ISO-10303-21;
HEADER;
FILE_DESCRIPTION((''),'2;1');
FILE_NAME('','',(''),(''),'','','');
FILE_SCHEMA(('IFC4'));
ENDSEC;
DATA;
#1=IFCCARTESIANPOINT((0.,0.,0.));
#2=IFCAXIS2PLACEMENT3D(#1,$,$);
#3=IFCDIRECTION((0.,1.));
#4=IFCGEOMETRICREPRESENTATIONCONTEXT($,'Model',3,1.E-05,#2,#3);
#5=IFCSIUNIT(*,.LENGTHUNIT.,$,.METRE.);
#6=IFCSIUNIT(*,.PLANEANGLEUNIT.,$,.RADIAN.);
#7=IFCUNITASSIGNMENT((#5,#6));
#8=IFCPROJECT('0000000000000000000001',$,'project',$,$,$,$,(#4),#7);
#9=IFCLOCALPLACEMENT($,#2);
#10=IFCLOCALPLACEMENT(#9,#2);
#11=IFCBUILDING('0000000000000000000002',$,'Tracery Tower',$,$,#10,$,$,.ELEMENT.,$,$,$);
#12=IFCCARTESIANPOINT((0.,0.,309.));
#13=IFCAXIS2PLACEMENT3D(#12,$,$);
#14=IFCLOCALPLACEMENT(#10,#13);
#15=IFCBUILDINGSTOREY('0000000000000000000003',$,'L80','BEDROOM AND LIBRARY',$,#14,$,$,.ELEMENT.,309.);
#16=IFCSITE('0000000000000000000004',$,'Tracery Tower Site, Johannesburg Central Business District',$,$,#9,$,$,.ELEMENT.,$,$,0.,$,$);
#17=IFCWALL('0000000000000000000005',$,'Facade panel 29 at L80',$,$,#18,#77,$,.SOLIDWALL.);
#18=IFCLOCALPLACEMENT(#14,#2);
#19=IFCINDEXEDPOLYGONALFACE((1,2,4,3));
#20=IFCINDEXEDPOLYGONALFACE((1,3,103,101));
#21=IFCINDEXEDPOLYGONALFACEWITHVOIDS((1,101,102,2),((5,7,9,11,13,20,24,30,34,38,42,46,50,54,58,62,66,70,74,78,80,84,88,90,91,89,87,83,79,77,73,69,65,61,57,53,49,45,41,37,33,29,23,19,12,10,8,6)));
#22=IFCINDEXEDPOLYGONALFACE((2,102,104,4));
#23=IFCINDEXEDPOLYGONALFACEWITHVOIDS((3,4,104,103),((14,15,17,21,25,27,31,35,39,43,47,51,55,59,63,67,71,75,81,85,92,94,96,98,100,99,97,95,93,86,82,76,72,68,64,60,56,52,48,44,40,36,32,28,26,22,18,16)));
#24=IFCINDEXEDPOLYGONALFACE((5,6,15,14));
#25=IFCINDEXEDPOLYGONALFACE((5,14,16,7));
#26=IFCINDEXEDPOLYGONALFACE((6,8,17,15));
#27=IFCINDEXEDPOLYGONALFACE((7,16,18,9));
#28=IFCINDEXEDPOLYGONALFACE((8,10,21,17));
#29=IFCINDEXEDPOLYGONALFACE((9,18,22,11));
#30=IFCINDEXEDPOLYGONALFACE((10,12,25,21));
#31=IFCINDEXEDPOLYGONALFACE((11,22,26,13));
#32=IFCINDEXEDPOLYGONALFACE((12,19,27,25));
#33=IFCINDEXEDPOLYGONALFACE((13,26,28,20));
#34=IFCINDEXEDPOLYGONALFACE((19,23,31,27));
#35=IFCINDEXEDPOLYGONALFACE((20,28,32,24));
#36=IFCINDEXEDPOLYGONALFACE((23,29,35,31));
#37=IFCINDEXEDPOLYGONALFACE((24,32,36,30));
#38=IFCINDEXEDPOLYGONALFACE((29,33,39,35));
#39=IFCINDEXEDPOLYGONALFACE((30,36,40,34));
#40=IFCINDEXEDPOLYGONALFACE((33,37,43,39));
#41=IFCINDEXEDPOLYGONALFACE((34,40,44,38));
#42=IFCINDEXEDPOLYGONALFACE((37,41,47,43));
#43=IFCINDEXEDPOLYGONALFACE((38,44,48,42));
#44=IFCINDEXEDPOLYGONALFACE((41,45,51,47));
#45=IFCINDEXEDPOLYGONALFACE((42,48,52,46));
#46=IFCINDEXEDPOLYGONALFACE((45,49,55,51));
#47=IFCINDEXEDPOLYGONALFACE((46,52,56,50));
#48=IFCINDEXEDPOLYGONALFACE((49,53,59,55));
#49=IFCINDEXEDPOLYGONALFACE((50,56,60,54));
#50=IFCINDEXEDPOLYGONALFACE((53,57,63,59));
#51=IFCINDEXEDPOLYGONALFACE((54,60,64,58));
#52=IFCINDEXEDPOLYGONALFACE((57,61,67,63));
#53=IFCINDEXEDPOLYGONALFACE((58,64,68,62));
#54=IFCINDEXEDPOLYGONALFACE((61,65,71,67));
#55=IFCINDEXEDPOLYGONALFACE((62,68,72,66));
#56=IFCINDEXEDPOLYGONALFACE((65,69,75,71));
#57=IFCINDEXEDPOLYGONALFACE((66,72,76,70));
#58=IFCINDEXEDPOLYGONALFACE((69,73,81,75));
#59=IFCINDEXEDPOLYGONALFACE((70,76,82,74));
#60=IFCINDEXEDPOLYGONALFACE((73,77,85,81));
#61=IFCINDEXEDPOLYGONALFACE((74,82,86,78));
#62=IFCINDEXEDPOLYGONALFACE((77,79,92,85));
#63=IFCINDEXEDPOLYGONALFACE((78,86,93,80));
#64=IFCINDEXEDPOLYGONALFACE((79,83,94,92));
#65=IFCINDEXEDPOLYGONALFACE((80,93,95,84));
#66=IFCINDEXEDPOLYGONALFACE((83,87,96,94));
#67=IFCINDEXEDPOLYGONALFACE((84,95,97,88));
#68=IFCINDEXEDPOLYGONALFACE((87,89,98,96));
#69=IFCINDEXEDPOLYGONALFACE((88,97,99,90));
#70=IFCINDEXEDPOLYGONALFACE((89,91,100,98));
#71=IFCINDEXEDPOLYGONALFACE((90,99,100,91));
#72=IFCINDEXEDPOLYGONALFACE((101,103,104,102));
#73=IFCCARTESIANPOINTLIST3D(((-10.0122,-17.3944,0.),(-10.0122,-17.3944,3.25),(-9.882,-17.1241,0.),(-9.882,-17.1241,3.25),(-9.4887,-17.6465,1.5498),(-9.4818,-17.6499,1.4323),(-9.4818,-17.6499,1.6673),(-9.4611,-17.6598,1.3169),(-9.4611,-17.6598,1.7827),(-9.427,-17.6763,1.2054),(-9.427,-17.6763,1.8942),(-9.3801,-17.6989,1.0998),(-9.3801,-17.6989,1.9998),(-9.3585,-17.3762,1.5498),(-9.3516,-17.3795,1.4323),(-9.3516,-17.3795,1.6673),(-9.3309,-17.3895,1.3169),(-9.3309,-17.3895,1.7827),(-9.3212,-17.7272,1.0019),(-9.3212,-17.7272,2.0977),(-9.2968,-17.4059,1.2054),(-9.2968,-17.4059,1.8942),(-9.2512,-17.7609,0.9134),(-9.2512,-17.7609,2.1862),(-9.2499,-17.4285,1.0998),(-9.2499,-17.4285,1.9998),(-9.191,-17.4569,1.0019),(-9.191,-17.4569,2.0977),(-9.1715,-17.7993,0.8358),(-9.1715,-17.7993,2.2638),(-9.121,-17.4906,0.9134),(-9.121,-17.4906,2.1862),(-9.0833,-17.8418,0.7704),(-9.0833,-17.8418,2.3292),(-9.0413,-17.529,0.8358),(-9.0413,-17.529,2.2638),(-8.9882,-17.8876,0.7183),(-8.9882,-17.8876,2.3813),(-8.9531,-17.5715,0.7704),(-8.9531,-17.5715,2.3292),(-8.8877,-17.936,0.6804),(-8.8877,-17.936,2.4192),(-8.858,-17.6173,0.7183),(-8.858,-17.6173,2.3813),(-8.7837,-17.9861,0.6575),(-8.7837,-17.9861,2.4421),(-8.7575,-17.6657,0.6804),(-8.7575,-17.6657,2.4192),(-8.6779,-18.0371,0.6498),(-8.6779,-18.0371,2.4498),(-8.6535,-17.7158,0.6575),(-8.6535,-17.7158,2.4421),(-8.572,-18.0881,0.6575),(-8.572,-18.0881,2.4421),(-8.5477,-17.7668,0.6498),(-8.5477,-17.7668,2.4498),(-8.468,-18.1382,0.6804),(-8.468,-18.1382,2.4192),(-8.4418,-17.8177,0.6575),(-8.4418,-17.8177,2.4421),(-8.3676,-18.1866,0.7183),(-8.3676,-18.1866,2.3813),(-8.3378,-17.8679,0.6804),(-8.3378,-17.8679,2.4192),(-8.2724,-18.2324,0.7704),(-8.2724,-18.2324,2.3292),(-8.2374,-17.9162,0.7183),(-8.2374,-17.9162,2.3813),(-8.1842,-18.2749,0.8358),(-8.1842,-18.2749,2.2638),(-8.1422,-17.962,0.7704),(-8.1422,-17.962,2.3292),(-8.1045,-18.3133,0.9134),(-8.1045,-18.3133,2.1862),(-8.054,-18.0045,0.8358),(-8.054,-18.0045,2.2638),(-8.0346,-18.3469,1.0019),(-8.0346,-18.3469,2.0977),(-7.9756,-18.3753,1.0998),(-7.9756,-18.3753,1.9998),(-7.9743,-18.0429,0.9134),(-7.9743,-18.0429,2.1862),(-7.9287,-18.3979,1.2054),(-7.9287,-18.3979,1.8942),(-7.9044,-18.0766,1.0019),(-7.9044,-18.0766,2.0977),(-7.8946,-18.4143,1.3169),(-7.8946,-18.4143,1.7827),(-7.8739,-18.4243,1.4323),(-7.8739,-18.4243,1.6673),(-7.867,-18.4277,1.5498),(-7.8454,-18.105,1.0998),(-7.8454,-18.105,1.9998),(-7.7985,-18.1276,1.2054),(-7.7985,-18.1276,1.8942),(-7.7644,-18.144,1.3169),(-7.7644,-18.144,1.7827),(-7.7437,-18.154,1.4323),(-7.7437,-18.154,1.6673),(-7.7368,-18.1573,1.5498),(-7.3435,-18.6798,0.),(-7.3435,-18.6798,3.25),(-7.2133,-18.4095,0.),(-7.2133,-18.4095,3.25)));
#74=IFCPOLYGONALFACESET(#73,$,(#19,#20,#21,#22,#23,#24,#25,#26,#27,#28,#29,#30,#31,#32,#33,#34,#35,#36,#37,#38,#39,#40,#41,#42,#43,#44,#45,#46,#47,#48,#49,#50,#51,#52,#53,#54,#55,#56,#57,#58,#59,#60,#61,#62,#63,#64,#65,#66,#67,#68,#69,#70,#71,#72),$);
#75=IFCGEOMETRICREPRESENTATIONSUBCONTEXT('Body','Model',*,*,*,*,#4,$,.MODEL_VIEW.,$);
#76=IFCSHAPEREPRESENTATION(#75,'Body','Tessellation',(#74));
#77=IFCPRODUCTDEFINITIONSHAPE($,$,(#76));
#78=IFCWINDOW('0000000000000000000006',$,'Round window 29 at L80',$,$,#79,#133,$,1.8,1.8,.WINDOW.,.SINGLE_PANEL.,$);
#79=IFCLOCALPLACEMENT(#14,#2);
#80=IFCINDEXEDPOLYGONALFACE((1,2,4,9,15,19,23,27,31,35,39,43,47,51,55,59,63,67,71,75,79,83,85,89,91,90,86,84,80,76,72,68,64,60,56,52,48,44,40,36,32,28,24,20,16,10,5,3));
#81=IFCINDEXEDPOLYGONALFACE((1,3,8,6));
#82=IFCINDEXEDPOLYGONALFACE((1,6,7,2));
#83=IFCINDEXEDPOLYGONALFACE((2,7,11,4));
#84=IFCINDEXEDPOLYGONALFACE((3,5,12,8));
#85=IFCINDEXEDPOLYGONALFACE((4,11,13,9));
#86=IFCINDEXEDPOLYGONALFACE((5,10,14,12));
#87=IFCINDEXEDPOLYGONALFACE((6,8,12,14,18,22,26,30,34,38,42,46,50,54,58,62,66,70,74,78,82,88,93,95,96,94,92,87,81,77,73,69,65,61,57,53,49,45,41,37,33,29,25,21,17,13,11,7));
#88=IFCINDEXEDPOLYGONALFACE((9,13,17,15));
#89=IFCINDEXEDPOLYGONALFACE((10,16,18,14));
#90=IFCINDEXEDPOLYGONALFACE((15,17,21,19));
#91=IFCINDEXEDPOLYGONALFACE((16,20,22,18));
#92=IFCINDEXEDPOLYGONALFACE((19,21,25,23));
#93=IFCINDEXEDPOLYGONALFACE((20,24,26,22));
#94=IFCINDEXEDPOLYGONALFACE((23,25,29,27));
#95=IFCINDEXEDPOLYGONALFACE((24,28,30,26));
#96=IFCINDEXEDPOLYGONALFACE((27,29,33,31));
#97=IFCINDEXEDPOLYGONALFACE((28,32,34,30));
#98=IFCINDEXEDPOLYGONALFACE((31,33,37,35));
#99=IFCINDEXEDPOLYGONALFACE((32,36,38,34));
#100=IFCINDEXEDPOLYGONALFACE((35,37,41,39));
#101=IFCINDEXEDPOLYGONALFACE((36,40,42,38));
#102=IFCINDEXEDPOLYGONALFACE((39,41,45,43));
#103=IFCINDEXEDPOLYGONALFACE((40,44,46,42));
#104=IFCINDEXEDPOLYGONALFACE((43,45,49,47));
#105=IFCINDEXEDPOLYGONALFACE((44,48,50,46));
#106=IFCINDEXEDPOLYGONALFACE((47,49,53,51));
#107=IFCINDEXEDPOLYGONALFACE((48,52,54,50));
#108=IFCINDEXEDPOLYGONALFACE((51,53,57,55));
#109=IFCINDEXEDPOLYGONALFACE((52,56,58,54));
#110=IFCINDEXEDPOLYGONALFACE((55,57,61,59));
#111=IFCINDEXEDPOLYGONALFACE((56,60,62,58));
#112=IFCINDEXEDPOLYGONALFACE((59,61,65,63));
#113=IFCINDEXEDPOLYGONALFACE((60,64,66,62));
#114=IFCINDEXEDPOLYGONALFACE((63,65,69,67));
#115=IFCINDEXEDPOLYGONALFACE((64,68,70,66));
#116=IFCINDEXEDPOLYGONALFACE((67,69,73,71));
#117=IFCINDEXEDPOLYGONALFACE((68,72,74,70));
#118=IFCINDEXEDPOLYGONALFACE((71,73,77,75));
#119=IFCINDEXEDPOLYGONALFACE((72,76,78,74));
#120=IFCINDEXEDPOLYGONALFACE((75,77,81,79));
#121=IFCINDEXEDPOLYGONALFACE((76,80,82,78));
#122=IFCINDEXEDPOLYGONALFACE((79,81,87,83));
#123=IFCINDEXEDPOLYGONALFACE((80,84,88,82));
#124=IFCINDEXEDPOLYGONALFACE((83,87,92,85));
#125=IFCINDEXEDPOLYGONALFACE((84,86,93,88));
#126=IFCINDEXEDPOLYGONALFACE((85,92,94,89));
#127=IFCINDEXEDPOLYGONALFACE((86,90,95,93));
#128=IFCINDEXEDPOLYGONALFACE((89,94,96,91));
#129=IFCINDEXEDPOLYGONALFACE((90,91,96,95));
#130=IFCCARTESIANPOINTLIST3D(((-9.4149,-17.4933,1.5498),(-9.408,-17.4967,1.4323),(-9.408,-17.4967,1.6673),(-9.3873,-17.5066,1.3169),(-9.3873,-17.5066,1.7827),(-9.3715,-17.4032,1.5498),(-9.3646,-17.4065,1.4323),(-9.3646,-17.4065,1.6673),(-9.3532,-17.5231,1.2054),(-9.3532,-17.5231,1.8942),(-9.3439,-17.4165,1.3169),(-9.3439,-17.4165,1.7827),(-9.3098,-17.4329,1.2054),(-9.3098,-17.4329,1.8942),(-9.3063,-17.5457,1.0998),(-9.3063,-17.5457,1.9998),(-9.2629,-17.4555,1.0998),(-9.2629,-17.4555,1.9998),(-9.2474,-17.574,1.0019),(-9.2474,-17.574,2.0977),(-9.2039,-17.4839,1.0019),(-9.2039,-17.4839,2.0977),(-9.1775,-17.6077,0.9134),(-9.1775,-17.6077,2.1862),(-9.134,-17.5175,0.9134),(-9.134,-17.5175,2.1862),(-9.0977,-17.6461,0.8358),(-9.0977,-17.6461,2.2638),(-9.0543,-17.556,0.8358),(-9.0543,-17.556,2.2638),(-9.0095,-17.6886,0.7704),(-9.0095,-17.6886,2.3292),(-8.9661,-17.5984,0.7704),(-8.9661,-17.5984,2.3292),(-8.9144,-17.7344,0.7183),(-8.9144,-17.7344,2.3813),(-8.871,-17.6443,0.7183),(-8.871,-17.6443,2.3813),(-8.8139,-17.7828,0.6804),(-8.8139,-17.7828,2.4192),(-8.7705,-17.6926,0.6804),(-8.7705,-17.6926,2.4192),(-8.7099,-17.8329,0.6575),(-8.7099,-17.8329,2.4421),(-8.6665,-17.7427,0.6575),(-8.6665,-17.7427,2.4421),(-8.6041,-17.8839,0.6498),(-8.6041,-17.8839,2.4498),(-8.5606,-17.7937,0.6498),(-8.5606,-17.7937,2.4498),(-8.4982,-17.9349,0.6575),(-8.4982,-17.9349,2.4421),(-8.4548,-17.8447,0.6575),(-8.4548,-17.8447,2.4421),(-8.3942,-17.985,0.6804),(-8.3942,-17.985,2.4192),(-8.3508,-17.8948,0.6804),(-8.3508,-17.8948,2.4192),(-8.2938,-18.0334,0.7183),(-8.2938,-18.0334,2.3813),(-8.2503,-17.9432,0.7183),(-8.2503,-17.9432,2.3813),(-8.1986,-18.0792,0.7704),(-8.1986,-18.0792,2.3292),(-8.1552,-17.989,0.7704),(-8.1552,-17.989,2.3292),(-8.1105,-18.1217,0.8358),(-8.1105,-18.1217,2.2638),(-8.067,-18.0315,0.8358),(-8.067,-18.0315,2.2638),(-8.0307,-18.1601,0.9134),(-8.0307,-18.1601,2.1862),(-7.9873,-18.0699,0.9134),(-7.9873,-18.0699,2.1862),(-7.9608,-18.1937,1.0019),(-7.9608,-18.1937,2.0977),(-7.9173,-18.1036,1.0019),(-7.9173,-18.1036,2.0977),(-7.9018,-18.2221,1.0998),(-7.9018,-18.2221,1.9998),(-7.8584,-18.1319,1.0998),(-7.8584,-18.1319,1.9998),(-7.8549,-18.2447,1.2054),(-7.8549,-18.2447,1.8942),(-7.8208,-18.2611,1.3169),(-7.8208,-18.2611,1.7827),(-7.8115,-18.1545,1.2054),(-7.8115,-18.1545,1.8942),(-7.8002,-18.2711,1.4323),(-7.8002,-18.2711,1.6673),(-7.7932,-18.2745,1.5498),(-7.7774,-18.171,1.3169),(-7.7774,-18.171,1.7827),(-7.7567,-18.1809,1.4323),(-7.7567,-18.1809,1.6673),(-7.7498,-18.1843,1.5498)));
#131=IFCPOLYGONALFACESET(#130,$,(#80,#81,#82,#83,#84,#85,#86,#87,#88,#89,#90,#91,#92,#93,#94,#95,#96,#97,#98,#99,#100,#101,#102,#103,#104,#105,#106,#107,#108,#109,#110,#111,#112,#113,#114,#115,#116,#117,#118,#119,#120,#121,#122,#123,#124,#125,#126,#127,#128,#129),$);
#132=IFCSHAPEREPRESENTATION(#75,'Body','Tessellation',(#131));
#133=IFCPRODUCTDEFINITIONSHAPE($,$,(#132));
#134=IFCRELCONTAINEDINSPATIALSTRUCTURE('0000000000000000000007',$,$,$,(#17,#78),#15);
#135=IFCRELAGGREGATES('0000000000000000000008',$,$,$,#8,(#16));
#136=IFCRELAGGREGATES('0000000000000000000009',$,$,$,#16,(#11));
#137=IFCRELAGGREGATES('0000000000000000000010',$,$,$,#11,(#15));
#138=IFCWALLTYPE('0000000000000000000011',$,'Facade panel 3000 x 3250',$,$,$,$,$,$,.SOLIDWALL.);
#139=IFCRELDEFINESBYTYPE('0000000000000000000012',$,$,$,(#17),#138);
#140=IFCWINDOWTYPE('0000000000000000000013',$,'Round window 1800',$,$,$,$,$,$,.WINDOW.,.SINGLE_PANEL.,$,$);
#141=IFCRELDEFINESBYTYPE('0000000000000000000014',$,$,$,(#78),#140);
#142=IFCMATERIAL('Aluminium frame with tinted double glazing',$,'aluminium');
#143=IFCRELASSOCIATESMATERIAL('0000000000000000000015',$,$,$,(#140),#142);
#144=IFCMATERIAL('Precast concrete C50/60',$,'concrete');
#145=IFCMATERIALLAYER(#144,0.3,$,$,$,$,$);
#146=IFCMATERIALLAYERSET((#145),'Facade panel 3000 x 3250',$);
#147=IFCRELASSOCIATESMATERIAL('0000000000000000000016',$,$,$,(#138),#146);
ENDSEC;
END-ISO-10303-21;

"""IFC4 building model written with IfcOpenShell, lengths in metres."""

from ifc_helpers import new_model, si_unit, direction, frame, frame_2d, origin, origin_2d, place, context, subcontext, project, spatial, rectangle, circle, extrude, material, layer, layer_set, type_object, element, fill, save


model = new_model("IFC4")

# Units and contexts
model_context = context("Model", 3, precision=1e-05, world=origin(), true_north=direction((0.0, 1.0)))
body_context = subcontext(model_context, "Body", "Model", "MODEL_VIEW")
ifc_project = project(units=[si_unit("LENGTHUNIT", "METRE"), si_unit("PLANEANGLEUNIT", "RADIAN")], contexts=[model_context])

# Site, building, storey
site_placement = place(None, origin())
site = spatial("IfcSite", under=ifc_project, at=site_placement, Name="Tracery Tower Site, Johannesburg Central Business District", CompositionType="ELEMENT", RefElevation=0.0)
building_placement = place(site_placement, origin())
building = spatial("IfcBuilding", under=site, at=building_placement, Name="Tracery Tower", CompositionType="ELEMENT")
storey_placement = place(building_placement, frame((0.0, 0.0, 309.0)))
storey = spatial("IfcBuildingStorey", under=building, at=storey_placement, Name="L80", Description="BEDROOM AND LIBRARY", CompositionType="ELEMENT", Elevation=309.0)

# Wall, opening, window
ifc_material_1 = material(Name="Aluminium frame with tinted double glazing", Category="aluminium")
window_type = type_object("IfcWindowType", Name="Round window 1800", PartitioningType="SINGLE_PANEL", PredefinedType="WINDOW", material=ifc_material_1)
ifc_material_2 = material(Name="Precast concrete C50/60", Category="concrete")
ifc_layer_1 = layer(ifc_material_2, 0.3)
ifc_layer_set_1 = layer_set([ifc_layer_1], Name="Facade panel 3000 x 3250")
wall_type_1 = type_object("IfcWallType", Name="Facade panel 3000 x 3250", PredefinedType="SOLIDWALL", material=ifc_layer_set_1)
wall_1_placement = place(storey_placement, frame((-9.947, -17.2593, 0.0), z_axis=(0.0, 0.0, 1.0), x_axis=(0.90094, -0.433944, 0.0)))
wall_1 = element("IfcWall", 1, at=wall_1_placement, inside=storey, type_object=wall_type_1, Name="Facade panel 29 at L80", PredefinedType="SOLIDWALL", context=body_context, shape_type="SweptSolid", body=[
    extrude(rectangle(XDim=2.9622, YDim=0.3, at=frame_2d((1.481, 0.0))), origin(), (0.0, 0.0, 1.0), 3.25),
])
opening_1_placement = place(wall_1_placement, frame((1.481, 0.0, 1.5498)))
opening_1 = element("IfcOpeningElement", 2, at=opening_1_placement, cuts=wall_1, PredefinedType="OPENING", context=body_context, shape_type="SweptSolid", body=[
    extrude(circle(Radius=0.9, at=origin_2d()), frame((0.0, 0.1599, 0.0), z_axis=(0.0, -1.0, 0.0), x_axis=(1.0, 0.0, 0.0)), (0.0, 0.0, 1.0), 0.3201),
])
window_1_placement = place(opening_1_placement, origin())
window_1 = element("IfcWindow", 3, at=window_1_placement, inside=storey, type_object=window_type, Name="Round window 29 at L80", OverallHeight=1.8, OverallWidth=1.8, PartitioningType="SINGLE_PANEL", PredefinedType="WINDOW", context=body_context, shape_type="SweptSolid", body=[
    extrude(circle(Radius=0.9, at=origin_2d()), frame((0.0, 0.1201, 0.0), z_axis=(0.0, -1.0, 0.0), x_axis=(1.0, 0.0, 0.0)), (0.0, 0.0, 1.0), 0.1001),
])
fill(opening_1, window_1)

save(model, "model.ifc")
